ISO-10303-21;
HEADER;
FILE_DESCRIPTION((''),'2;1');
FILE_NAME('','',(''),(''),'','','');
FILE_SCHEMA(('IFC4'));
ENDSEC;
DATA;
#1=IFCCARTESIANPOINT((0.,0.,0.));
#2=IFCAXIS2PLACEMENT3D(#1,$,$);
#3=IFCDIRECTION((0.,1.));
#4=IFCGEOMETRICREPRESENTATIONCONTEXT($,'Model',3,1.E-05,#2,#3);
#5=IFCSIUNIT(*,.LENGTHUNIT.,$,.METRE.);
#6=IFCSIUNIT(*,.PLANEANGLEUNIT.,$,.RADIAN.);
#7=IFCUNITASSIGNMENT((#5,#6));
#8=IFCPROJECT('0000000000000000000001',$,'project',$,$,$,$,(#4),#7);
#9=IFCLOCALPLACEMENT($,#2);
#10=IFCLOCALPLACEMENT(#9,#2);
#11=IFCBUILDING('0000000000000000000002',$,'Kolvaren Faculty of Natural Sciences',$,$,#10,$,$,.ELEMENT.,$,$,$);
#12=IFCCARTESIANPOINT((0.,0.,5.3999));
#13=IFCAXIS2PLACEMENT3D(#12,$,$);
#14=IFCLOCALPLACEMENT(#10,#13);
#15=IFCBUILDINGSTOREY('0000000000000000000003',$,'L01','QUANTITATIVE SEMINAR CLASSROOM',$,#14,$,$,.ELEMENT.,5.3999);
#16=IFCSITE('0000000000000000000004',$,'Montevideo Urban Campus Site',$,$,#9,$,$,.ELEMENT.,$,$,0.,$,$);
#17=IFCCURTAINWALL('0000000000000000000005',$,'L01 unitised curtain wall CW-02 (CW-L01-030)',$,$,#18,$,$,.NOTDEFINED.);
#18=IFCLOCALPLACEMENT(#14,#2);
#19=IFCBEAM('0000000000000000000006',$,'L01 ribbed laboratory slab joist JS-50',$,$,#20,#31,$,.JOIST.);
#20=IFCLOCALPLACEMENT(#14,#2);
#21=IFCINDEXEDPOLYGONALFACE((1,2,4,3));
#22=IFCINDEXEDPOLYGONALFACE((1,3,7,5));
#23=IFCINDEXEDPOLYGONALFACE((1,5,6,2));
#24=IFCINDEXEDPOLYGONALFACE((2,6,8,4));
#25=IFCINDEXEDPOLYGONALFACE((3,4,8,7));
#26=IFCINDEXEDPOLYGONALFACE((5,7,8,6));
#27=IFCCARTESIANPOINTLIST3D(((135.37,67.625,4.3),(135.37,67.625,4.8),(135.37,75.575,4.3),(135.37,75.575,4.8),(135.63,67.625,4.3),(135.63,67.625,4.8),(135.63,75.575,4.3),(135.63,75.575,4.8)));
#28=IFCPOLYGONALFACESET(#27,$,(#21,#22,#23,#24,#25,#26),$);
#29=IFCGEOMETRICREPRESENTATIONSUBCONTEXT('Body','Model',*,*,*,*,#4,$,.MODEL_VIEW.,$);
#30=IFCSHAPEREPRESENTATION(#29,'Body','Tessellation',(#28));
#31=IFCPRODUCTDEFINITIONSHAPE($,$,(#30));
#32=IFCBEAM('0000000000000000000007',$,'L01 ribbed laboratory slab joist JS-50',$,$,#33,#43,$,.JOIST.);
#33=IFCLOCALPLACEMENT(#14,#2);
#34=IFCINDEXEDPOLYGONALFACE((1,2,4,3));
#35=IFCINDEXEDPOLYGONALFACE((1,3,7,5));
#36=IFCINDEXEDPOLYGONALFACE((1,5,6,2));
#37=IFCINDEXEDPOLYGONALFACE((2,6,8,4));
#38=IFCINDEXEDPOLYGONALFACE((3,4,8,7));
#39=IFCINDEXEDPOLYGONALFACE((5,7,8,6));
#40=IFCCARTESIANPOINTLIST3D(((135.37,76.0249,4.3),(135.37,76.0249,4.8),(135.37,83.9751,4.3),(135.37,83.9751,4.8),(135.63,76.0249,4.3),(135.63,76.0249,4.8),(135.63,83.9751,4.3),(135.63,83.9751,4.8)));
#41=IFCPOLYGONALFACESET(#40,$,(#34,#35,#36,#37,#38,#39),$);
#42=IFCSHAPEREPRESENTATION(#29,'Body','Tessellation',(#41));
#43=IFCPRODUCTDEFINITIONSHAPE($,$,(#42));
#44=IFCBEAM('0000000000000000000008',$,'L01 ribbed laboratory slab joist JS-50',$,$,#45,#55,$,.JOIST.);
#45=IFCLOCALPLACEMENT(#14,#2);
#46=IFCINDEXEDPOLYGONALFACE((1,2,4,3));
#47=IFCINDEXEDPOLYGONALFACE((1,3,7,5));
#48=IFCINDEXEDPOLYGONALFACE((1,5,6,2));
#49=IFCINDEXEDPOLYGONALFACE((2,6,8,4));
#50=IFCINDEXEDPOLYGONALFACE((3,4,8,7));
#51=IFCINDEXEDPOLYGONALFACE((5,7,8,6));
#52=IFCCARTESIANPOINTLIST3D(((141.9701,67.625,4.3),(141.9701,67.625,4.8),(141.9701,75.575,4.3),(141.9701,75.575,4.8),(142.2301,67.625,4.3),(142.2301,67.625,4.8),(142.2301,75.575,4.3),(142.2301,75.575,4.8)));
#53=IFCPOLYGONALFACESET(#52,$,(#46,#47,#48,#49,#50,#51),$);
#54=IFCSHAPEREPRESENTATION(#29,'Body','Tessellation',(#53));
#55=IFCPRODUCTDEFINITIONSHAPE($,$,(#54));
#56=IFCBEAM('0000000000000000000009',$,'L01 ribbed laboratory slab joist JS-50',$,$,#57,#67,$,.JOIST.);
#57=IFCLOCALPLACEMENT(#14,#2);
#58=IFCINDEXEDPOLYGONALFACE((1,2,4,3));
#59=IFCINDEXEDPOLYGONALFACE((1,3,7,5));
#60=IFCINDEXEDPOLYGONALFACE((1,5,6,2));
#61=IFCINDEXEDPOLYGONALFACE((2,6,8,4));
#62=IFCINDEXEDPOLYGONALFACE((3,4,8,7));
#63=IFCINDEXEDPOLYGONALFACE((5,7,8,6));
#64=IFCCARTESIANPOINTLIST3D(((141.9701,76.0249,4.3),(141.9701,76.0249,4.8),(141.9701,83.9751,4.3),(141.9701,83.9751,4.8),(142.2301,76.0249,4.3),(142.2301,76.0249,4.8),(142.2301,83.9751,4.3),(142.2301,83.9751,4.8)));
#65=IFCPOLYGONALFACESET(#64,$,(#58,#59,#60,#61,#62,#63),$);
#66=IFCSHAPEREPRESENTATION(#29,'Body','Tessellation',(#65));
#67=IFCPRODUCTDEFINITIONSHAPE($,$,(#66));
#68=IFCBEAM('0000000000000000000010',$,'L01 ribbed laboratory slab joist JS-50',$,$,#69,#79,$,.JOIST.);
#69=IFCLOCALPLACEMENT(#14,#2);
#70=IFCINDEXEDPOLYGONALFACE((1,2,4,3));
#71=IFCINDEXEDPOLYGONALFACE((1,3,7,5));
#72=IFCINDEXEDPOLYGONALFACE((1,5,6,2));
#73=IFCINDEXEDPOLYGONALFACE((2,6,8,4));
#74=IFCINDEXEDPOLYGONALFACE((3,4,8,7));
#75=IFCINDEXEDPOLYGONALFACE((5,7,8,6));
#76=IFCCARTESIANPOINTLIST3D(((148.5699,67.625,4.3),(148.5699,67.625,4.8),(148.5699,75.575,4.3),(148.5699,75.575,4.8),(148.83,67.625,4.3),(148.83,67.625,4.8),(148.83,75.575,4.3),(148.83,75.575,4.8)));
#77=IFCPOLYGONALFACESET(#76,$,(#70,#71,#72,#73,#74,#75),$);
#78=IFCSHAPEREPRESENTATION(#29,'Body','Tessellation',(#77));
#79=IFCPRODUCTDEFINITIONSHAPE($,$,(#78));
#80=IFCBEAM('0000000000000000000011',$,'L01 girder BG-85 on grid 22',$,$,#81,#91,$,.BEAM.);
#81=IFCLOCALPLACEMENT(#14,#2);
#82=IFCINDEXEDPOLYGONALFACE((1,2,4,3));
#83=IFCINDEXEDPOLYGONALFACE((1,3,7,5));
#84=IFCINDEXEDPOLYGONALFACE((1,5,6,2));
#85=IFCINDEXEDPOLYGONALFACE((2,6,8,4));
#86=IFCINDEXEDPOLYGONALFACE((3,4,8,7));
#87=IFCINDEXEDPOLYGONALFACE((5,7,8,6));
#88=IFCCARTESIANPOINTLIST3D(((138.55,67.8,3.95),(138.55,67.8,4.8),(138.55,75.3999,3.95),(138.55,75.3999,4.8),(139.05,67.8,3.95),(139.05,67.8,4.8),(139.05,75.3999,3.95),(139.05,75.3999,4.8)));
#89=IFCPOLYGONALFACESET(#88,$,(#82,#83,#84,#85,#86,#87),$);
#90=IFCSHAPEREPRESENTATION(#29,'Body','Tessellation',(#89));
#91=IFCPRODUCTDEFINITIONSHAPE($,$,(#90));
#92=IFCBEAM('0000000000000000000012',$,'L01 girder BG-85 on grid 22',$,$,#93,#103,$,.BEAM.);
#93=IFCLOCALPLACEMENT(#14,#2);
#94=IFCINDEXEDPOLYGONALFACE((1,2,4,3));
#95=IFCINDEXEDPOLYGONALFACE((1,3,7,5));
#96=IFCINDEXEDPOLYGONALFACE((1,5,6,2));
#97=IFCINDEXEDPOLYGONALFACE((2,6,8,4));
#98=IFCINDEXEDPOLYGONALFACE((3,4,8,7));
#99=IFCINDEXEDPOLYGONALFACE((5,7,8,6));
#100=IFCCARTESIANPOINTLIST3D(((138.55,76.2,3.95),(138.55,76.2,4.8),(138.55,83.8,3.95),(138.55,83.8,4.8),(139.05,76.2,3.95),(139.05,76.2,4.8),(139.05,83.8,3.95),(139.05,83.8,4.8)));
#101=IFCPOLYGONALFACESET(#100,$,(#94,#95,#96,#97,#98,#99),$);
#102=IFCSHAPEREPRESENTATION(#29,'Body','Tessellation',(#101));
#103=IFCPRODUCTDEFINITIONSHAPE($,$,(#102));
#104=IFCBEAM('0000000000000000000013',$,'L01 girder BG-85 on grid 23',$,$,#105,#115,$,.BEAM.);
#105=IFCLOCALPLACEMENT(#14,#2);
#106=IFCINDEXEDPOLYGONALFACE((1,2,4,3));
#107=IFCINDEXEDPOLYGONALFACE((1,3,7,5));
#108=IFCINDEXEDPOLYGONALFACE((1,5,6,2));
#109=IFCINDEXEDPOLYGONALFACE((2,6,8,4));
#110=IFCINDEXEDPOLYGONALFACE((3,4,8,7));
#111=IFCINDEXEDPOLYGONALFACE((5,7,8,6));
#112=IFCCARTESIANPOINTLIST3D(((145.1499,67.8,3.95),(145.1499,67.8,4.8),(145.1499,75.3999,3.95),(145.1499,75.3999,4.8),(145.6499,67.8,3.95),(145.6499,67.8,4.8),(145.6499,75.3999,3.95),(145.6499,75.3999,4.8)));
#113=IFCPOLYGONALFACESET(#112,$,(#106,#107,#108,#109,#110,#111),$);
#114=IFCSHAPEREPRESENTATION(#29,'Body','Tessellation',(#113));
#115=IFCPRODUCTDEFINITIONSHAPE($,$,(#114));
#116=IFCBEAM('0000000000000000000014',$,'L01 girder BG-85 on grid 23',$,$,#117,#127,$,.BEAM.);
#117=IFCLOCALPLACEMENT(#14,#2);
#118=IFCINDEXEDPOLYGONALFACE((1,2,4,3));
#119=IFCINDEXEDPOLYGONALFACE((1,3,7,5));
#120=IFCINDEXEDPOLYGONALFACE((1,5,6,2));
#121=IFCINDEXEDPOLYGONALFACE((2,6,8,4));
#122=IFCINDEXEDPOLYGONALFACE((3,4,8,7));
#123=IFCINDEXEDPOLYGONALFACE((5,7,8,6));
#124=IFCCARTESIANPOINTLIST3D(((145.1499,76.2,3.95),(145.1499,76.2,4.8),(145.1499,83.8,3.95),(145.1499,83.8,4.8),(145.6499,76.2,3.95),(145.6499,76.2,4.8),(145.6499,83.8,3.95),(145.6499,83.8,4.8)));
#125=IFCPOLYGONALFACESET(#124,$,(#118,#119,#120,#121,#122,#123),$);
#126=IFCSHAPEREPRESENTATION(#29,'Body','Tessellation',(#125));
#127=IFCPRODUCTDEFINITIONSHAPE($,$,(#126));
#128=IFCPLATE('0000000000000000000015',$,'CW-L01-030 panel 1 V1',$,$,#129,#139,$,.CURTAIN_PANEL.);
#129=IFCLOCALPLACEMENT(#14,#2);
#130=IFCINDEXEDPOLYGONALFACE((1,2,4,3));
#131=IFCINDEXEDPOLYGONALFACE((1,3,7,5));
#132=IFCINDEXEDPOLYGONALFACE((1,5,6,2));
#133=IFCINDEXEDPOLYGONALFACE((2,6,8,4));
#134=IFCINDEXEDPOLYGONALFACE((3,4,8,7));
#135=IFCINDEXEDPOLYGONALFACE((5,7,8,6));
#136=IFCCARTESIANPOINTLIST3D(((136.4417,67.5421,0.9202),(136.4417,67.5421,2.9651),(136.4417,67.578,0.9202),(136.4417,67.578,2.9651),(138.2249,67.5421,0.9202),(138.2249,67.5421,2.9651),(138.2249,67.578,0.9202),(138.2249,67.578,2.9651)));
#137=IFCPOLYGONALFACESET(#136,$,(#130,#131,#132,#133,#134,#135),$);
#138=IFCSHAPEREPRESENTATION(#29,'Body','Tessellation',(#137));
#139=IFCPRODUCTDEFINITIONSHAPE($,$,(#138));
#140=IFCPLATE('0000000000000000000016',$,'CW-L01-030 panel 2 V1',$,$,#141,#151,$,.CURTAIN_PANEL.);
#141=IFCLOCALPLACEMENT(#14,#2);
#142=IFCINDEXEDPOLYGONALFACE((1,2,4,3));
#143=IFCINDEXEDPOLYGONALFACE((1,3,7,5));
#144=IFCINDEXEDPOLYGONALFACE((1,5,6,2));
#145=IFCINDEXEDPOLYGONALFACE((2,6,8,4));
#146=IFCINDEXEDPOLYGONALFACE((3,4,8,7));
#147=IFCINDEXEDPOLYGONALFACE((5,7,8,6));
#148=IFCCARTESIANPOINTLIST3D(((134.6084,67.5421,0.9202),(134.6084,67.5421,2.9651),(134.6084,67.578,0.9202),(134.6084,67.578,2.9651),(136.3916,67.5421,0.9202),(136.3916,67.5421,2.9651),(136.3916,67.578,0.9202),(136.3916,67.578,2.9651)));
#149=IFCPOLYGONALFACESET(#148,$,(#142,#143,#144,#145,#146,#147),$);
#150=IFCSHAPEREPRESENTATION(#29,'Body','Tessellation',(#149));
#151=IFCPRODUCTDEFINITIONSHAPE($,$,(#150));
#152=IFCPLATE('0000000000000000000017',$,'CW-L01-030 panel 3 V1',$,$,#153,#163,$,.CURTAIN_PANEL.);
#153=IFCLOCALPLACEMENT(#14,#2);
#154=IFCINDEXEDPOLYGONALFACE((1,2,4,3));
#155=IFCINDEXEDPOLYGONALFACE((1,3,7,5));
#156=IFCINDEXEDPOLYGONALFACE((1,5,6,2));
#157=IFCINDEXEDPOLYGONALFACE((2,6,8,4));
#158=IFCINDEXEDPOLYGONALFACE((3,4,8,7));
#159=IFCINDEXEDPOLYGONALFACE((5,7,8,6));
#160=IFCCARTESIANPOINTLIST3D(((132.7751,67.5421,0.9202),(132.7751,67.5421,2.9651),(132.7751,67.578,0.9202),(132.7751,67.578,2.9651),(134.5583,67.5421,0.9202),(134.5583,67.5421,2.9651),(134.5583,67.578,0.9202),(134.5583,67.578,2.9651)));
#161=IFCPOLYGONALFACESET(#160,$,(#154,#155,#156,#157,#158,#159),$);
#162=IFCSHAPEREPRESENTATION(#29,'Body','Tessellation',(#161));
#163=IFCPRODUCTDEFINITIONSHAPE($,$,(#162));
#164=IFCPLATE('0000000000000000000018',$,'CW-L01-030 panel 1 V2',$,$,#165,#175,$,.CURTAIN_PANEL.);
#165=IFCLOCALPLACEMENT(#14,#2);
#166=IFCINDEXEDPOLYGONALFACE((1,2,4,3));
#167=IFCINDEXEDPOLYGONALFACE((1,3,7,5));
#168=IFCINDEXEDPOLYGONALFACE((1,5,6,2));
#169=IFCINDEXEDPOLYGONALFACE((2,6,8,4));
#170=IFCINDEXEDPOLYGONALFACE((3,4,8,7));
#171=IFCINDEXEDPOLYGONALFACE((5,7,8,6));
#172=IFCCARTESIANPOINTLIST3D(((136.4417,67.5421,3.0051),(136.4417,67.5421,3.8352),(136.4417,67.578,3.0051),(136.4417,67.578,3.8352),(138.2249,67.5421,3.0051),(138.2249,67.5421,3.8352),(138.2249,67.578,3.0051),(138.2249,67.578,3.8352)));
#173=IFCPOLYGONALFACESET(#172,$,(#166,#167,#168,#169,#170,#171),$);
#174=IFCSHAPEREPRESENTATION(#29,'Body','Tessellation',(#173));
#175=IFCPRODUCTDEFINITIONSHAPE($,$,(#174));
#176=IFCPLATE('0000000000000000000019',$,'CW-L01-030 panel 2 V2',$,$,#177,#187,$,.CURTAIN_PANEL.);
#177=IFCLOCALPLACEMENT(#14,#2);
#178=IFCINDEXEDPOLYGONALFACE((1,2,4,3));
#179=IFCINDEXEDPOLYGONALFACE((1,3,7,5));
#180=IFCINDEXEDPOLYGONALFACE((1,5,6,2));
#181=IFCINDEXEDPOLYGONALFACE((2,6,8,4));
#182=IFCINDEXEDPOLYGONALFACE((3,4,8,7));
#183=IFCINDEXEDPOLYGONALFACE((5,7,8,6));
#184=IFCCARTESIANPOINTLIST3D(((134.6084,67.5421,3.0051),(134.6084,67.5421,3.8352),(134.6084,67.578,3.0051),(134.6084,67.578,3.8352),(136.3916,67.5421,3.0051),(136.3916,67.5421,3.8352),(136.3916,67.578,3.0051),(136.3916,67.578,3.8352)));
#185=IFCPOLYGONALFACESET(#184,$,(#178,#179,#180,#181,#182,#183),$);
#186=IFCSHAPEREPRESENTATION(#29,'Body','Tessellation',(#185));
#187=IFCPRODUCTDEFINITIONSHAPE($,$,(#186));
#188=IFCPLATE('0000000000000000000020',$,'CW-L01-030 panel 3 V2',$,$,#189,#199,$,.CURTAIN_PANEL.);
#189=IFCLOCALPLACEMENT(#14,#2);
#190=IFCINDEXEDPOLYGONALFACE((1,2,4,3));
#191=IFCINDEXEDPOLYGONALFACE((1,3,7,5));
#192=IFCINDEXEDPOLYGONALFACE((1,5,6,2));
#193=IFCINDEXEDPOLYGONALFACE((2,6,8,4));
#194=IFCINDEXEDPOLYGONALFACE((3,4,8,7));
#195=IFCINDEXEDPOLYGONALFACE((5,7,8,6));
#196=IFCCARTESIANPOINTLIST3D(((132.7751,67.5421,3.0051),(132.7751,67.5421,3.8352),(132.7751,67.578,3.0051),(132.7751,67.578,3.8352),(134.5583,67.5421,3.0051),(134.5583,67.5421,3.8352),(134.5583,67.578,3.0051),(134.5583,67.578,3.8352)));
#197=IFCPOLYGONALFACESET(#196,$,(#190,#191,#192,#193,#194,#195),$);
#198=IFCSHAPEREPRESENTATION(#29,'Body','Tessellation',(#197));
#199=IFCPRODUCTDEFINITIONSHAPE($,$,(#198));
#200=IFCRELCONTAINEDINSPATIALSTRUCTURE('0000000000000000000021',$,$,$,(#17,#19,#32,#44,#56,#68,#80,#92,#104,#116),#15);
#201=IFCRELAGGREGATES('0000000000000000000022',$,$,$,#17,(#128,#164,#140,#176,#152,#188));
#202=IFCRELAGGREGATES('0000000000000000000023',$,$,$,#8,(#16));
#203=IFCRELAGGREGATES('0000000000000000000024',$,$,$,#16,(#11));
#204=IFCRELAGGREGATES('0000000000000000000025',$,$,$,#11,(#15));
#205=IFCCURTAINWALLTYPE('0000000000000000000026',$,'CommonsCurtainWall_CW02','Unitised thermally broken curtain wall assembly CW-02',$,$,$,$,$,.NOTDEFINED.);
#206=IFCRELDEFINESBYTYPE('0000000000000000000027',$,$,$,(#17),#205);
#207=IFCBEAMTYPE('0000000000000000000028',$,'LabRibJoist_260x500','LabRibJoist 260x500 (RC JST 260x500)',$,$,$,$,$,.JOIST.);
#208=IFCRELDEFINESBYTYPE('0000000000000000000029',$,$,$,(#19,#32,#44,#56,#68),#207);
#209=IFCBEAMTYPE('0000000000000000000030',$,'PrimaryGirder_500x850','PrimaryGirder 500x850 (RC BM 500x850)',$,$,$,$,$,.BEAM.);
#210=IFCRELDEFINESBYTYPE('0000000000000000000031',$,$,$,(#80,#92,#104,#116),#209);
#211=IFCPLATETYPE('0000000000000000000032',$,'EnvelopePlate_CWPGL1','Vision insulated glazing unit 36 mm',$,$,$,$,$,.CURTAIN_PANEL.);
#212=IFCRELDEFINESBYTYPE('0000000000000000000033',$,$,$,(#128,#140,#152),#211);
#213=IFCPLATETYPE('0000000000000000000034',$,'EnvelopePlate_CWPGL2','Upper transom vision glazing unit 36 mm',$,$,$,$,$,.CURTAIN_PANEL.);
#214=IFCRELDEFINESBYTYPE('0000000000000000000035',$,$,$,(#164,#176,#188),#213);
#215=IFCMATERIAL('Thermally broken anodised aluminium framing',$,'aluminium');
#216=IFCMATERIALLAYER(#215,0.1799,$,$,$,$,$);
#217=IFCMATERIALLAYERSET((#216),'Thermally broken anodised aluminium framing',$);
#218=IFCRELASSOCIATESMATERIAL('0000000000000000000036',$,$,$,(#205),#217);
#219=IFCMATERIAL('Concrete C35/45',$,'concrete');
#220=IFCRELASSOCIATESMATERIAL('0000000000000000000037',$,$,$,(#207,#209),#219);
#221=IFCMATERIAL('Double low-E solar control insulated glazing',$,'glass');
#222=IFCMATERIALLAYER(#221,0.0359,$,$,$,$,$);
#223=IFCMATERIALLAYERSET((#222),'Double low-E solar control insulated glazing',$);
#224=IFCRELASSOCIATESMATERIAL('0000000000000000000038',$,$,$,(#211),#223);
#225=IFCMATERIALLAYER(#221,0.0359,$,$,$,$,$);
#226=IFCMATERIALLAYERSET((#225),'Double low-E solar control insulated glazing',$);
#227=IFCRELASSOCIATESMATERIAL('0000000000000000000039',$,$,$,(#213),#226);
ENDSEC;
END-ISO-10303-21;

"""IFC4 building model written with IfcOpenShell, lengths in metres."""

from ifc_helpers import new_model, si_unit, direction, frame, origin, origin_2d, place, context, subcontext, project, spatial, rectangle, extrude, material, layer, layer_set, material_profile, profile_set, type_object, element, aggregate, save


model = new_model("IFC4")

# Units and contexts
model_context = context("Model", 3, precision=1e-05, world=origin(), true_north=direction((0.0, 1.0)))
body_context = subcontext(model_context, "Body", "Model", "MODEL_VIEW")
ifc_project = project(units=[si_unit("LENGTHUNIT", "METRE"), si_unit("PLANEANGLEUNIT", "RADIAN")], contexts=[model_context])

# Site, building, storey
site_placement = place(None, origin())
site = spatial("IfcSite", under=ifc_project, at=site_placement, Name="Montevideo Urban Campus Site", CompositionType="ELEMENT", RefElevation=0.0)
building_placement = place(site_placement, origin())
building = spatial("IfcBuilding", under=site, at=building_placement, Name="Kolvaren Faculty of Natural Sciences", CompositionType="ELEMENT")
storey_placement = place(building_placement, frame((0.0, 0.0, 5.3999)))
storey = spatial("IfcBuildingStorey", under=building, at=storey_placement, Name="L01", Description="QUANTITATIVE SEMINAR CLASSROOM", CompositionType="ELEMENT", Elevation=5.3999)

# Curtain wall
ifc_material_1 = material(Name="Thermally broken anodised aluminium framing", Category="aluminium")
ifc_layer_1 = layer(ifc_material_1, 0.1799)
ifc_layer_set_1 = layer_set([ifc_layer_1], Name="Thermally broken anodised aluminium framing")
curtain_wall_type = type_object("IfcCurtainWallType", Name="CommonsCurtainWall_CW02", Description="Unitised thermally broken curtain wall assembly CW-02", PredefinedType="NOTDEFINED", material=ifc_layer_set_1)
curtain_wall_placement = place(storey_placement, origin())
curtain_wall = element("IfcCurtainWall", 1, at=curtain_wall_placement, inside=storey, type_object=curtain_wall_type, Name="L01 unitised curtain wall CW-02 (CW-L01-030)", PredefinedType="NOTDEFINED")

# Beams
ifc_material_2 = material(Name="Concrete C35/45", Category="concrete")
ifc_material_profile_1 = material_profile(ifc_material_2, rectangle(XDim=0.26, YDim=0.5, at=origin_2d()), Name="RC JST 260x500")
ifc_profile_set_1 = profile_set([ifc_material_profile_1], Name="Concrete C35/45")
beam_type_1 = type_object("IfcBeamType", Name="LabRibJoist_260x500", Description="LabRibJoist 260x500 (RC JST 260x500)", PredefinedType="JOIST", material=ifc_profile_set_1)
beam_1_placement = place(storey_placement, frame((135.5, 67.625, 4.55), z_axis=(0.0, 1.0, 0.0), x_axis=(-1.0, 0.0, 0.0)))
element("IfcBeam", 2, at=beam_1_placement, inside=storey, type_object=beam_type_1, Name="L01 ribbed laboratory slab joist JS-50", PredefinedType="JOIST", context=body_context, shape_type="SweptSolid", body=[
    extrude(rectangle(XDim=0.26, YDim=0.5, at=origin_2d()), origin(), (0.0, 0.0, 1.0), 7.95),
])
beam_2_placement = place(storey_placement, frame((135.5, 76.0249, 4.55), z_axis=(0.0, 1.0, 0.0), x_axis=(-1.0, 0.0, 0.0)))
element("IfcBeam", 3, at=beam_2_placement, inside=storey, type_object=beam_type_1, Name="L01 ribbed laboratory slab joist JS-50", PredefinedType="JOIST", context=body_context, shape_type="SweptSolid", body=[
    extrude(rectangle(XDim=0.26, YDim=0.5, at=origin_2d()), origin(), (0.0, 0.0, 1.0), 7.9502),
])
beam_3_placement = place(storey_placement, frame((142.1001, 67.625, 4.55), z_axis=(0.0, 1.0, 0.0), x_axis=(-1.0, 0.0, 0.0)))
element("IfcBeam", 4, at=beam_3_placement, inside=storey, type_object=beam_type_1, Name="L01 ribbed laboratory slab joist JS-50", PredefinedType="JOIST", context=body_context, shape_type="SweptSolid", body=[
    extrude(rectangle(XDim=0.26, YDim=0.5, at=origin_2d()), origin(), (0.0, 0.0, 1.0), 7.95),
])
beam_4_placement = place(storey_placement, frame((142.1001, 76.0249, 4.55), z_axis=(0.0, 1.0, 0.0), x_axis=(-1.0, 0.0, 0.0)))
element("IfcBeam", 5, at=beam_4_placement, inside=storey, type_object=beam_type_1, Name="L01 ribbed laboratory slab joist JS-50", PredefinedType="JOIST", context=body_context, shape_type="SweptSolid", body=[
    extrude(rectangle(XDim=0.26, YDim=0.5, at=origin_2d()), origin(), (0.0, 0.0, 1.0), 7.9502),
])
beam_5_placement = place(storey_placement, frame((148.7, 67.625, 4.55), z_axis=(0.0, 1.0, 0.0), x_axis=(-1.0, 0.0, 0.0)))
element("IfcBeam", 6, at=beam_5_placement, inside=storey, type_object=beam_type_1, Name="L01 ribbed laboratory slab joist JS-50", PredefinedType="JOIST", context=body_context, shape_type="SweptSolid", body=[
    extrude(rectangle(XDim=0.26, YDim=0.5, at=origin_2d()), origin(), (0.0, 0.0, 1.0), 7.95),
])
ifc_material_profile_2 = material_profile(ifc_material_2, rectangle(XDim=0.5, YDim=0.8501, at=origin_2d()), Name="RC BM 500x850")
ifc_profile_set_2 = profile_set([ifc_material_profile_2], Name="Concrete C35/45")
beam_type_2 = type_object("IfcBeamType", Name="PrimaryGirder_500x850", Description="PrimaryGirder 500x850 (RC BM 500x850)", PredefinedType="BEAM", material=ifc_profile_set_2)
beam_6_placement = place(storey_placement, frame((138.8, 67.8, 4.375), z_axis=(0.0, 1.0, 0.0), x_axis=(-1.0, 0.0, 0.0)))
element("IfcBeam", 7, at=beam_6_placement, inside=storey, type_object=beam_type_2, Name="L01 girder BG-85 on grid 22", PredefinedType="BEAM", context=body_context, shape_type="SweptSolid", body=[
    extrude(rectangle(XDim=0.5, YDim=0.8501, at=origin_2d()), origin(), (0.0, 0.0, 1.0), 7.5999),
])
beam_7_placement = place(storey_placement, frame((138.8, 76.2, 4.375), z_axis=(0.0, 1.0, 0.0), x_axis=(-1.0, 0.0, 0.0)))
element("IfcBeam", 8, at=beam_7_placement, inside=storey, type_object=beam_type_2, Name="L01 girder BG-85 on grid 22", PredefinedType="BEAM", context=body_context, shape_type="SweptSolid", body=[
    extrude(rectangle(XDim=0.5, YDim=0.8501, at=origin_2d()), origin(), (0.0, 0.0, 1.0), 7.6001),
])
beam_8_placement = place(storey_placement, frame((145.3999, 67.8, 4.375), z_axis=(0.0, 1.0, 0.0), x_axis=(-1.0, 0.0, 0.0)))
element("IfcBeam", 9, at=beam_8_placement, inside=storey, type_object=beam_type_2, Name="L01 girder BG-85 on grid 23", PredefinedType="BEAM", context=body_context, shape_type="SweptSolid", body=[
    extrude(rectangle(XDim=0.5, YDim=0.8501, at=origin_2d()), origin(), (0.0, 0.0, 1.0), 7.5999),
])
beam_9_placement = place(storey_placement, frame((145.3999, 76.2, 4.375), z_axis=(0.0, 1.0, 0.0), x_axis=(-1.0, 0.0, 0.0)))
element("IfcBeam", 10, at=beam_9_placement, inside=storey, type_object=beam_type_2, Name="L01 girder BG-85 on grid 23", PredefinedType="BEAM", context=body_context, shape_type="SweptSolid", body=[
    extrude(rectangle(XDim=0.5, YDim=0.8501, at=origin_2d()), origin(), (0.0, 0.0, 1.0), 7.6001),
])

# Plates
ifc_material_3 = material(Name="Double low-E solar control insulated glazing", Category="glass")
ifc_layer_2 = layer(ifc_material_3, 0.0359)
ifc_layer_set_2 = layer_set([ifc_layer_2], Name="Double low-E solar control insulated glazing")
plate_type_1 = type_object("IfcPlateType", Name="EnvelopePlate_CWPGL1", Description="Vision insulated glazing unit 36 mm", PredefinedType="CURTAIN_PANEL", material=ifc_layer_set_2)
plate_1_placement = place(storey_placement, frame((137.3333, 67.5601, 0.9202), z_axis=(0.0, 0.0, 1.0), x_axis=(-1.0, 0.0, 0.0)))
plate_1 = element("IfcPlate", 11, at=plate_1_placement, type_object=plate_type_1, Name="CW-L01-030 panel 1 V1", PredefinedType="CURTAIN_PANEL", context=body_context, shape_type="SweptSolid", body=[
    extrude(rectangle(XDim=1.7832, YDim=0.0359, at=origin_2d()), origin(), (0.0, 0.0, 1.0), 2.0449),
])
plate_2_placement = place(storey_placement, frame((135.5, 67.5601, 0.9202), z_axis=(0.0, 0.0, 1.0), x_axis=(-1.0, 0.0, 0.0)))
plate_2 = element("IfcPlate", 12, at=plate_2_placement, type_object=plate_type_1, Name="CW-L01-030 panel 2 V1", PredefinedType="CURTAIN_PANEL", context=body_context, shape_type="SweptSolid", body=[
    extrude(rectangle(XDim=1.7832, YDim=0.0359, at=origin_2d()), origin(), (0.0, 0.0, 1.0), 2.0449),
])
plate_3_placement = place(storey_placement, frame((133.6667, 67.5601, 0.9202), z_axis=(0.0, 0.0, 1.0), x_axis=(-1.0, 0.0, 0.0)))
plate_3 = element("IfcPlate", 13, at=plate_3_placement, type_object=plate_type_1, Name="CW-L01-030 panel 3 V1", PredefinedType="CURTAIN_PANEL", context=body_context, shape_type="SweptSolid", body=[
    extrude(rectangle(XDim=1.7832, YDim=0.0359, at=origin_2d()), origin(), (0.0, 0.0, 1.0), 2.0449),
])
ifc_layer_3 = layer(ifc_material_3, 0.0359)
ifc_layer_set_3 = layer_set([ifc_layer_3], Name="Double low-E solar control insulated glazing")
plate_type_2 = type_object("IfcPlateType", Name="EnvelopePlate_CWPGL2", Description="Upper transom vision glazing unit 36 mm", PredefinedType="CURTAIN_PANEL", material=ifc_layer_set_3)
plate_4_placement = place(storey_placement, frame((137.3333, 67.5601, 3.0051), z_axis=(0.0, 0.0, 1.0), x_axis=(-1.0, 0.0, 0.0)))
plate_4 = element("IfcPlate", 14, at=plate_4_placement, type_object=plate_type_2, Name="CW-L01-030 panel 1 V2", PredefinedType="CURTAIN_PANEL", context=body_context, shape_type="SweptSolid", body=[
    extrude(rectangle(XDim=1.7832, YDim=0.0359, at=origin_2d()), origin(), (0.0, 0.0, 1.0), 0.8301),
])
plate_5_placement = place(storey_placement, frame((135.5, 67.5601, 3.0051), z_axis=(0.0, 0.0, 1.0), x_axis=(-1.0, 0.0, 0.0)))
plate_5 = element("IfcPlate", 15, at=plate_5_placement, type_object=plate_type_2, Name="CW-L01-030 panel 2 V2", PredefinedType="CURTAIN_PANEL", context=body_context, shape_type="SweptSolid", body=[
    extrude(rectangle(XDim=1.7832, YDim=0.0359, at=origin_2d()), origin(), (0.0, 0.0, 1.0), 0.8301),
])
plate_6_placement = place(storey_placement, frame((133.6667, 67.5601, 3.0051), z_axis=(0.0, 0.0, 1.0), x_axis=(-1.0, 0.0, 0.0)))
plate_6 = element("IfcPlate", 16, at=plate_6_placement, type_object=plate_type_2, Name="CW-L01-030 panel 3 V2", PredefinedType="CURTAIN_PANEL", context=body_context, shape_type="SweptSolid", body=[
    extrude(rectangle(XDim=1.7832, YDim=0.0359, at=origin_2d()), origin(), (0.0, 0.0, 1.0), 0.8301),
])
aggregate(curtain_wall, [plate_1, plate_4, plate_2, plate_5, plate_3, plate_6])

save(model, "model.ifc")
